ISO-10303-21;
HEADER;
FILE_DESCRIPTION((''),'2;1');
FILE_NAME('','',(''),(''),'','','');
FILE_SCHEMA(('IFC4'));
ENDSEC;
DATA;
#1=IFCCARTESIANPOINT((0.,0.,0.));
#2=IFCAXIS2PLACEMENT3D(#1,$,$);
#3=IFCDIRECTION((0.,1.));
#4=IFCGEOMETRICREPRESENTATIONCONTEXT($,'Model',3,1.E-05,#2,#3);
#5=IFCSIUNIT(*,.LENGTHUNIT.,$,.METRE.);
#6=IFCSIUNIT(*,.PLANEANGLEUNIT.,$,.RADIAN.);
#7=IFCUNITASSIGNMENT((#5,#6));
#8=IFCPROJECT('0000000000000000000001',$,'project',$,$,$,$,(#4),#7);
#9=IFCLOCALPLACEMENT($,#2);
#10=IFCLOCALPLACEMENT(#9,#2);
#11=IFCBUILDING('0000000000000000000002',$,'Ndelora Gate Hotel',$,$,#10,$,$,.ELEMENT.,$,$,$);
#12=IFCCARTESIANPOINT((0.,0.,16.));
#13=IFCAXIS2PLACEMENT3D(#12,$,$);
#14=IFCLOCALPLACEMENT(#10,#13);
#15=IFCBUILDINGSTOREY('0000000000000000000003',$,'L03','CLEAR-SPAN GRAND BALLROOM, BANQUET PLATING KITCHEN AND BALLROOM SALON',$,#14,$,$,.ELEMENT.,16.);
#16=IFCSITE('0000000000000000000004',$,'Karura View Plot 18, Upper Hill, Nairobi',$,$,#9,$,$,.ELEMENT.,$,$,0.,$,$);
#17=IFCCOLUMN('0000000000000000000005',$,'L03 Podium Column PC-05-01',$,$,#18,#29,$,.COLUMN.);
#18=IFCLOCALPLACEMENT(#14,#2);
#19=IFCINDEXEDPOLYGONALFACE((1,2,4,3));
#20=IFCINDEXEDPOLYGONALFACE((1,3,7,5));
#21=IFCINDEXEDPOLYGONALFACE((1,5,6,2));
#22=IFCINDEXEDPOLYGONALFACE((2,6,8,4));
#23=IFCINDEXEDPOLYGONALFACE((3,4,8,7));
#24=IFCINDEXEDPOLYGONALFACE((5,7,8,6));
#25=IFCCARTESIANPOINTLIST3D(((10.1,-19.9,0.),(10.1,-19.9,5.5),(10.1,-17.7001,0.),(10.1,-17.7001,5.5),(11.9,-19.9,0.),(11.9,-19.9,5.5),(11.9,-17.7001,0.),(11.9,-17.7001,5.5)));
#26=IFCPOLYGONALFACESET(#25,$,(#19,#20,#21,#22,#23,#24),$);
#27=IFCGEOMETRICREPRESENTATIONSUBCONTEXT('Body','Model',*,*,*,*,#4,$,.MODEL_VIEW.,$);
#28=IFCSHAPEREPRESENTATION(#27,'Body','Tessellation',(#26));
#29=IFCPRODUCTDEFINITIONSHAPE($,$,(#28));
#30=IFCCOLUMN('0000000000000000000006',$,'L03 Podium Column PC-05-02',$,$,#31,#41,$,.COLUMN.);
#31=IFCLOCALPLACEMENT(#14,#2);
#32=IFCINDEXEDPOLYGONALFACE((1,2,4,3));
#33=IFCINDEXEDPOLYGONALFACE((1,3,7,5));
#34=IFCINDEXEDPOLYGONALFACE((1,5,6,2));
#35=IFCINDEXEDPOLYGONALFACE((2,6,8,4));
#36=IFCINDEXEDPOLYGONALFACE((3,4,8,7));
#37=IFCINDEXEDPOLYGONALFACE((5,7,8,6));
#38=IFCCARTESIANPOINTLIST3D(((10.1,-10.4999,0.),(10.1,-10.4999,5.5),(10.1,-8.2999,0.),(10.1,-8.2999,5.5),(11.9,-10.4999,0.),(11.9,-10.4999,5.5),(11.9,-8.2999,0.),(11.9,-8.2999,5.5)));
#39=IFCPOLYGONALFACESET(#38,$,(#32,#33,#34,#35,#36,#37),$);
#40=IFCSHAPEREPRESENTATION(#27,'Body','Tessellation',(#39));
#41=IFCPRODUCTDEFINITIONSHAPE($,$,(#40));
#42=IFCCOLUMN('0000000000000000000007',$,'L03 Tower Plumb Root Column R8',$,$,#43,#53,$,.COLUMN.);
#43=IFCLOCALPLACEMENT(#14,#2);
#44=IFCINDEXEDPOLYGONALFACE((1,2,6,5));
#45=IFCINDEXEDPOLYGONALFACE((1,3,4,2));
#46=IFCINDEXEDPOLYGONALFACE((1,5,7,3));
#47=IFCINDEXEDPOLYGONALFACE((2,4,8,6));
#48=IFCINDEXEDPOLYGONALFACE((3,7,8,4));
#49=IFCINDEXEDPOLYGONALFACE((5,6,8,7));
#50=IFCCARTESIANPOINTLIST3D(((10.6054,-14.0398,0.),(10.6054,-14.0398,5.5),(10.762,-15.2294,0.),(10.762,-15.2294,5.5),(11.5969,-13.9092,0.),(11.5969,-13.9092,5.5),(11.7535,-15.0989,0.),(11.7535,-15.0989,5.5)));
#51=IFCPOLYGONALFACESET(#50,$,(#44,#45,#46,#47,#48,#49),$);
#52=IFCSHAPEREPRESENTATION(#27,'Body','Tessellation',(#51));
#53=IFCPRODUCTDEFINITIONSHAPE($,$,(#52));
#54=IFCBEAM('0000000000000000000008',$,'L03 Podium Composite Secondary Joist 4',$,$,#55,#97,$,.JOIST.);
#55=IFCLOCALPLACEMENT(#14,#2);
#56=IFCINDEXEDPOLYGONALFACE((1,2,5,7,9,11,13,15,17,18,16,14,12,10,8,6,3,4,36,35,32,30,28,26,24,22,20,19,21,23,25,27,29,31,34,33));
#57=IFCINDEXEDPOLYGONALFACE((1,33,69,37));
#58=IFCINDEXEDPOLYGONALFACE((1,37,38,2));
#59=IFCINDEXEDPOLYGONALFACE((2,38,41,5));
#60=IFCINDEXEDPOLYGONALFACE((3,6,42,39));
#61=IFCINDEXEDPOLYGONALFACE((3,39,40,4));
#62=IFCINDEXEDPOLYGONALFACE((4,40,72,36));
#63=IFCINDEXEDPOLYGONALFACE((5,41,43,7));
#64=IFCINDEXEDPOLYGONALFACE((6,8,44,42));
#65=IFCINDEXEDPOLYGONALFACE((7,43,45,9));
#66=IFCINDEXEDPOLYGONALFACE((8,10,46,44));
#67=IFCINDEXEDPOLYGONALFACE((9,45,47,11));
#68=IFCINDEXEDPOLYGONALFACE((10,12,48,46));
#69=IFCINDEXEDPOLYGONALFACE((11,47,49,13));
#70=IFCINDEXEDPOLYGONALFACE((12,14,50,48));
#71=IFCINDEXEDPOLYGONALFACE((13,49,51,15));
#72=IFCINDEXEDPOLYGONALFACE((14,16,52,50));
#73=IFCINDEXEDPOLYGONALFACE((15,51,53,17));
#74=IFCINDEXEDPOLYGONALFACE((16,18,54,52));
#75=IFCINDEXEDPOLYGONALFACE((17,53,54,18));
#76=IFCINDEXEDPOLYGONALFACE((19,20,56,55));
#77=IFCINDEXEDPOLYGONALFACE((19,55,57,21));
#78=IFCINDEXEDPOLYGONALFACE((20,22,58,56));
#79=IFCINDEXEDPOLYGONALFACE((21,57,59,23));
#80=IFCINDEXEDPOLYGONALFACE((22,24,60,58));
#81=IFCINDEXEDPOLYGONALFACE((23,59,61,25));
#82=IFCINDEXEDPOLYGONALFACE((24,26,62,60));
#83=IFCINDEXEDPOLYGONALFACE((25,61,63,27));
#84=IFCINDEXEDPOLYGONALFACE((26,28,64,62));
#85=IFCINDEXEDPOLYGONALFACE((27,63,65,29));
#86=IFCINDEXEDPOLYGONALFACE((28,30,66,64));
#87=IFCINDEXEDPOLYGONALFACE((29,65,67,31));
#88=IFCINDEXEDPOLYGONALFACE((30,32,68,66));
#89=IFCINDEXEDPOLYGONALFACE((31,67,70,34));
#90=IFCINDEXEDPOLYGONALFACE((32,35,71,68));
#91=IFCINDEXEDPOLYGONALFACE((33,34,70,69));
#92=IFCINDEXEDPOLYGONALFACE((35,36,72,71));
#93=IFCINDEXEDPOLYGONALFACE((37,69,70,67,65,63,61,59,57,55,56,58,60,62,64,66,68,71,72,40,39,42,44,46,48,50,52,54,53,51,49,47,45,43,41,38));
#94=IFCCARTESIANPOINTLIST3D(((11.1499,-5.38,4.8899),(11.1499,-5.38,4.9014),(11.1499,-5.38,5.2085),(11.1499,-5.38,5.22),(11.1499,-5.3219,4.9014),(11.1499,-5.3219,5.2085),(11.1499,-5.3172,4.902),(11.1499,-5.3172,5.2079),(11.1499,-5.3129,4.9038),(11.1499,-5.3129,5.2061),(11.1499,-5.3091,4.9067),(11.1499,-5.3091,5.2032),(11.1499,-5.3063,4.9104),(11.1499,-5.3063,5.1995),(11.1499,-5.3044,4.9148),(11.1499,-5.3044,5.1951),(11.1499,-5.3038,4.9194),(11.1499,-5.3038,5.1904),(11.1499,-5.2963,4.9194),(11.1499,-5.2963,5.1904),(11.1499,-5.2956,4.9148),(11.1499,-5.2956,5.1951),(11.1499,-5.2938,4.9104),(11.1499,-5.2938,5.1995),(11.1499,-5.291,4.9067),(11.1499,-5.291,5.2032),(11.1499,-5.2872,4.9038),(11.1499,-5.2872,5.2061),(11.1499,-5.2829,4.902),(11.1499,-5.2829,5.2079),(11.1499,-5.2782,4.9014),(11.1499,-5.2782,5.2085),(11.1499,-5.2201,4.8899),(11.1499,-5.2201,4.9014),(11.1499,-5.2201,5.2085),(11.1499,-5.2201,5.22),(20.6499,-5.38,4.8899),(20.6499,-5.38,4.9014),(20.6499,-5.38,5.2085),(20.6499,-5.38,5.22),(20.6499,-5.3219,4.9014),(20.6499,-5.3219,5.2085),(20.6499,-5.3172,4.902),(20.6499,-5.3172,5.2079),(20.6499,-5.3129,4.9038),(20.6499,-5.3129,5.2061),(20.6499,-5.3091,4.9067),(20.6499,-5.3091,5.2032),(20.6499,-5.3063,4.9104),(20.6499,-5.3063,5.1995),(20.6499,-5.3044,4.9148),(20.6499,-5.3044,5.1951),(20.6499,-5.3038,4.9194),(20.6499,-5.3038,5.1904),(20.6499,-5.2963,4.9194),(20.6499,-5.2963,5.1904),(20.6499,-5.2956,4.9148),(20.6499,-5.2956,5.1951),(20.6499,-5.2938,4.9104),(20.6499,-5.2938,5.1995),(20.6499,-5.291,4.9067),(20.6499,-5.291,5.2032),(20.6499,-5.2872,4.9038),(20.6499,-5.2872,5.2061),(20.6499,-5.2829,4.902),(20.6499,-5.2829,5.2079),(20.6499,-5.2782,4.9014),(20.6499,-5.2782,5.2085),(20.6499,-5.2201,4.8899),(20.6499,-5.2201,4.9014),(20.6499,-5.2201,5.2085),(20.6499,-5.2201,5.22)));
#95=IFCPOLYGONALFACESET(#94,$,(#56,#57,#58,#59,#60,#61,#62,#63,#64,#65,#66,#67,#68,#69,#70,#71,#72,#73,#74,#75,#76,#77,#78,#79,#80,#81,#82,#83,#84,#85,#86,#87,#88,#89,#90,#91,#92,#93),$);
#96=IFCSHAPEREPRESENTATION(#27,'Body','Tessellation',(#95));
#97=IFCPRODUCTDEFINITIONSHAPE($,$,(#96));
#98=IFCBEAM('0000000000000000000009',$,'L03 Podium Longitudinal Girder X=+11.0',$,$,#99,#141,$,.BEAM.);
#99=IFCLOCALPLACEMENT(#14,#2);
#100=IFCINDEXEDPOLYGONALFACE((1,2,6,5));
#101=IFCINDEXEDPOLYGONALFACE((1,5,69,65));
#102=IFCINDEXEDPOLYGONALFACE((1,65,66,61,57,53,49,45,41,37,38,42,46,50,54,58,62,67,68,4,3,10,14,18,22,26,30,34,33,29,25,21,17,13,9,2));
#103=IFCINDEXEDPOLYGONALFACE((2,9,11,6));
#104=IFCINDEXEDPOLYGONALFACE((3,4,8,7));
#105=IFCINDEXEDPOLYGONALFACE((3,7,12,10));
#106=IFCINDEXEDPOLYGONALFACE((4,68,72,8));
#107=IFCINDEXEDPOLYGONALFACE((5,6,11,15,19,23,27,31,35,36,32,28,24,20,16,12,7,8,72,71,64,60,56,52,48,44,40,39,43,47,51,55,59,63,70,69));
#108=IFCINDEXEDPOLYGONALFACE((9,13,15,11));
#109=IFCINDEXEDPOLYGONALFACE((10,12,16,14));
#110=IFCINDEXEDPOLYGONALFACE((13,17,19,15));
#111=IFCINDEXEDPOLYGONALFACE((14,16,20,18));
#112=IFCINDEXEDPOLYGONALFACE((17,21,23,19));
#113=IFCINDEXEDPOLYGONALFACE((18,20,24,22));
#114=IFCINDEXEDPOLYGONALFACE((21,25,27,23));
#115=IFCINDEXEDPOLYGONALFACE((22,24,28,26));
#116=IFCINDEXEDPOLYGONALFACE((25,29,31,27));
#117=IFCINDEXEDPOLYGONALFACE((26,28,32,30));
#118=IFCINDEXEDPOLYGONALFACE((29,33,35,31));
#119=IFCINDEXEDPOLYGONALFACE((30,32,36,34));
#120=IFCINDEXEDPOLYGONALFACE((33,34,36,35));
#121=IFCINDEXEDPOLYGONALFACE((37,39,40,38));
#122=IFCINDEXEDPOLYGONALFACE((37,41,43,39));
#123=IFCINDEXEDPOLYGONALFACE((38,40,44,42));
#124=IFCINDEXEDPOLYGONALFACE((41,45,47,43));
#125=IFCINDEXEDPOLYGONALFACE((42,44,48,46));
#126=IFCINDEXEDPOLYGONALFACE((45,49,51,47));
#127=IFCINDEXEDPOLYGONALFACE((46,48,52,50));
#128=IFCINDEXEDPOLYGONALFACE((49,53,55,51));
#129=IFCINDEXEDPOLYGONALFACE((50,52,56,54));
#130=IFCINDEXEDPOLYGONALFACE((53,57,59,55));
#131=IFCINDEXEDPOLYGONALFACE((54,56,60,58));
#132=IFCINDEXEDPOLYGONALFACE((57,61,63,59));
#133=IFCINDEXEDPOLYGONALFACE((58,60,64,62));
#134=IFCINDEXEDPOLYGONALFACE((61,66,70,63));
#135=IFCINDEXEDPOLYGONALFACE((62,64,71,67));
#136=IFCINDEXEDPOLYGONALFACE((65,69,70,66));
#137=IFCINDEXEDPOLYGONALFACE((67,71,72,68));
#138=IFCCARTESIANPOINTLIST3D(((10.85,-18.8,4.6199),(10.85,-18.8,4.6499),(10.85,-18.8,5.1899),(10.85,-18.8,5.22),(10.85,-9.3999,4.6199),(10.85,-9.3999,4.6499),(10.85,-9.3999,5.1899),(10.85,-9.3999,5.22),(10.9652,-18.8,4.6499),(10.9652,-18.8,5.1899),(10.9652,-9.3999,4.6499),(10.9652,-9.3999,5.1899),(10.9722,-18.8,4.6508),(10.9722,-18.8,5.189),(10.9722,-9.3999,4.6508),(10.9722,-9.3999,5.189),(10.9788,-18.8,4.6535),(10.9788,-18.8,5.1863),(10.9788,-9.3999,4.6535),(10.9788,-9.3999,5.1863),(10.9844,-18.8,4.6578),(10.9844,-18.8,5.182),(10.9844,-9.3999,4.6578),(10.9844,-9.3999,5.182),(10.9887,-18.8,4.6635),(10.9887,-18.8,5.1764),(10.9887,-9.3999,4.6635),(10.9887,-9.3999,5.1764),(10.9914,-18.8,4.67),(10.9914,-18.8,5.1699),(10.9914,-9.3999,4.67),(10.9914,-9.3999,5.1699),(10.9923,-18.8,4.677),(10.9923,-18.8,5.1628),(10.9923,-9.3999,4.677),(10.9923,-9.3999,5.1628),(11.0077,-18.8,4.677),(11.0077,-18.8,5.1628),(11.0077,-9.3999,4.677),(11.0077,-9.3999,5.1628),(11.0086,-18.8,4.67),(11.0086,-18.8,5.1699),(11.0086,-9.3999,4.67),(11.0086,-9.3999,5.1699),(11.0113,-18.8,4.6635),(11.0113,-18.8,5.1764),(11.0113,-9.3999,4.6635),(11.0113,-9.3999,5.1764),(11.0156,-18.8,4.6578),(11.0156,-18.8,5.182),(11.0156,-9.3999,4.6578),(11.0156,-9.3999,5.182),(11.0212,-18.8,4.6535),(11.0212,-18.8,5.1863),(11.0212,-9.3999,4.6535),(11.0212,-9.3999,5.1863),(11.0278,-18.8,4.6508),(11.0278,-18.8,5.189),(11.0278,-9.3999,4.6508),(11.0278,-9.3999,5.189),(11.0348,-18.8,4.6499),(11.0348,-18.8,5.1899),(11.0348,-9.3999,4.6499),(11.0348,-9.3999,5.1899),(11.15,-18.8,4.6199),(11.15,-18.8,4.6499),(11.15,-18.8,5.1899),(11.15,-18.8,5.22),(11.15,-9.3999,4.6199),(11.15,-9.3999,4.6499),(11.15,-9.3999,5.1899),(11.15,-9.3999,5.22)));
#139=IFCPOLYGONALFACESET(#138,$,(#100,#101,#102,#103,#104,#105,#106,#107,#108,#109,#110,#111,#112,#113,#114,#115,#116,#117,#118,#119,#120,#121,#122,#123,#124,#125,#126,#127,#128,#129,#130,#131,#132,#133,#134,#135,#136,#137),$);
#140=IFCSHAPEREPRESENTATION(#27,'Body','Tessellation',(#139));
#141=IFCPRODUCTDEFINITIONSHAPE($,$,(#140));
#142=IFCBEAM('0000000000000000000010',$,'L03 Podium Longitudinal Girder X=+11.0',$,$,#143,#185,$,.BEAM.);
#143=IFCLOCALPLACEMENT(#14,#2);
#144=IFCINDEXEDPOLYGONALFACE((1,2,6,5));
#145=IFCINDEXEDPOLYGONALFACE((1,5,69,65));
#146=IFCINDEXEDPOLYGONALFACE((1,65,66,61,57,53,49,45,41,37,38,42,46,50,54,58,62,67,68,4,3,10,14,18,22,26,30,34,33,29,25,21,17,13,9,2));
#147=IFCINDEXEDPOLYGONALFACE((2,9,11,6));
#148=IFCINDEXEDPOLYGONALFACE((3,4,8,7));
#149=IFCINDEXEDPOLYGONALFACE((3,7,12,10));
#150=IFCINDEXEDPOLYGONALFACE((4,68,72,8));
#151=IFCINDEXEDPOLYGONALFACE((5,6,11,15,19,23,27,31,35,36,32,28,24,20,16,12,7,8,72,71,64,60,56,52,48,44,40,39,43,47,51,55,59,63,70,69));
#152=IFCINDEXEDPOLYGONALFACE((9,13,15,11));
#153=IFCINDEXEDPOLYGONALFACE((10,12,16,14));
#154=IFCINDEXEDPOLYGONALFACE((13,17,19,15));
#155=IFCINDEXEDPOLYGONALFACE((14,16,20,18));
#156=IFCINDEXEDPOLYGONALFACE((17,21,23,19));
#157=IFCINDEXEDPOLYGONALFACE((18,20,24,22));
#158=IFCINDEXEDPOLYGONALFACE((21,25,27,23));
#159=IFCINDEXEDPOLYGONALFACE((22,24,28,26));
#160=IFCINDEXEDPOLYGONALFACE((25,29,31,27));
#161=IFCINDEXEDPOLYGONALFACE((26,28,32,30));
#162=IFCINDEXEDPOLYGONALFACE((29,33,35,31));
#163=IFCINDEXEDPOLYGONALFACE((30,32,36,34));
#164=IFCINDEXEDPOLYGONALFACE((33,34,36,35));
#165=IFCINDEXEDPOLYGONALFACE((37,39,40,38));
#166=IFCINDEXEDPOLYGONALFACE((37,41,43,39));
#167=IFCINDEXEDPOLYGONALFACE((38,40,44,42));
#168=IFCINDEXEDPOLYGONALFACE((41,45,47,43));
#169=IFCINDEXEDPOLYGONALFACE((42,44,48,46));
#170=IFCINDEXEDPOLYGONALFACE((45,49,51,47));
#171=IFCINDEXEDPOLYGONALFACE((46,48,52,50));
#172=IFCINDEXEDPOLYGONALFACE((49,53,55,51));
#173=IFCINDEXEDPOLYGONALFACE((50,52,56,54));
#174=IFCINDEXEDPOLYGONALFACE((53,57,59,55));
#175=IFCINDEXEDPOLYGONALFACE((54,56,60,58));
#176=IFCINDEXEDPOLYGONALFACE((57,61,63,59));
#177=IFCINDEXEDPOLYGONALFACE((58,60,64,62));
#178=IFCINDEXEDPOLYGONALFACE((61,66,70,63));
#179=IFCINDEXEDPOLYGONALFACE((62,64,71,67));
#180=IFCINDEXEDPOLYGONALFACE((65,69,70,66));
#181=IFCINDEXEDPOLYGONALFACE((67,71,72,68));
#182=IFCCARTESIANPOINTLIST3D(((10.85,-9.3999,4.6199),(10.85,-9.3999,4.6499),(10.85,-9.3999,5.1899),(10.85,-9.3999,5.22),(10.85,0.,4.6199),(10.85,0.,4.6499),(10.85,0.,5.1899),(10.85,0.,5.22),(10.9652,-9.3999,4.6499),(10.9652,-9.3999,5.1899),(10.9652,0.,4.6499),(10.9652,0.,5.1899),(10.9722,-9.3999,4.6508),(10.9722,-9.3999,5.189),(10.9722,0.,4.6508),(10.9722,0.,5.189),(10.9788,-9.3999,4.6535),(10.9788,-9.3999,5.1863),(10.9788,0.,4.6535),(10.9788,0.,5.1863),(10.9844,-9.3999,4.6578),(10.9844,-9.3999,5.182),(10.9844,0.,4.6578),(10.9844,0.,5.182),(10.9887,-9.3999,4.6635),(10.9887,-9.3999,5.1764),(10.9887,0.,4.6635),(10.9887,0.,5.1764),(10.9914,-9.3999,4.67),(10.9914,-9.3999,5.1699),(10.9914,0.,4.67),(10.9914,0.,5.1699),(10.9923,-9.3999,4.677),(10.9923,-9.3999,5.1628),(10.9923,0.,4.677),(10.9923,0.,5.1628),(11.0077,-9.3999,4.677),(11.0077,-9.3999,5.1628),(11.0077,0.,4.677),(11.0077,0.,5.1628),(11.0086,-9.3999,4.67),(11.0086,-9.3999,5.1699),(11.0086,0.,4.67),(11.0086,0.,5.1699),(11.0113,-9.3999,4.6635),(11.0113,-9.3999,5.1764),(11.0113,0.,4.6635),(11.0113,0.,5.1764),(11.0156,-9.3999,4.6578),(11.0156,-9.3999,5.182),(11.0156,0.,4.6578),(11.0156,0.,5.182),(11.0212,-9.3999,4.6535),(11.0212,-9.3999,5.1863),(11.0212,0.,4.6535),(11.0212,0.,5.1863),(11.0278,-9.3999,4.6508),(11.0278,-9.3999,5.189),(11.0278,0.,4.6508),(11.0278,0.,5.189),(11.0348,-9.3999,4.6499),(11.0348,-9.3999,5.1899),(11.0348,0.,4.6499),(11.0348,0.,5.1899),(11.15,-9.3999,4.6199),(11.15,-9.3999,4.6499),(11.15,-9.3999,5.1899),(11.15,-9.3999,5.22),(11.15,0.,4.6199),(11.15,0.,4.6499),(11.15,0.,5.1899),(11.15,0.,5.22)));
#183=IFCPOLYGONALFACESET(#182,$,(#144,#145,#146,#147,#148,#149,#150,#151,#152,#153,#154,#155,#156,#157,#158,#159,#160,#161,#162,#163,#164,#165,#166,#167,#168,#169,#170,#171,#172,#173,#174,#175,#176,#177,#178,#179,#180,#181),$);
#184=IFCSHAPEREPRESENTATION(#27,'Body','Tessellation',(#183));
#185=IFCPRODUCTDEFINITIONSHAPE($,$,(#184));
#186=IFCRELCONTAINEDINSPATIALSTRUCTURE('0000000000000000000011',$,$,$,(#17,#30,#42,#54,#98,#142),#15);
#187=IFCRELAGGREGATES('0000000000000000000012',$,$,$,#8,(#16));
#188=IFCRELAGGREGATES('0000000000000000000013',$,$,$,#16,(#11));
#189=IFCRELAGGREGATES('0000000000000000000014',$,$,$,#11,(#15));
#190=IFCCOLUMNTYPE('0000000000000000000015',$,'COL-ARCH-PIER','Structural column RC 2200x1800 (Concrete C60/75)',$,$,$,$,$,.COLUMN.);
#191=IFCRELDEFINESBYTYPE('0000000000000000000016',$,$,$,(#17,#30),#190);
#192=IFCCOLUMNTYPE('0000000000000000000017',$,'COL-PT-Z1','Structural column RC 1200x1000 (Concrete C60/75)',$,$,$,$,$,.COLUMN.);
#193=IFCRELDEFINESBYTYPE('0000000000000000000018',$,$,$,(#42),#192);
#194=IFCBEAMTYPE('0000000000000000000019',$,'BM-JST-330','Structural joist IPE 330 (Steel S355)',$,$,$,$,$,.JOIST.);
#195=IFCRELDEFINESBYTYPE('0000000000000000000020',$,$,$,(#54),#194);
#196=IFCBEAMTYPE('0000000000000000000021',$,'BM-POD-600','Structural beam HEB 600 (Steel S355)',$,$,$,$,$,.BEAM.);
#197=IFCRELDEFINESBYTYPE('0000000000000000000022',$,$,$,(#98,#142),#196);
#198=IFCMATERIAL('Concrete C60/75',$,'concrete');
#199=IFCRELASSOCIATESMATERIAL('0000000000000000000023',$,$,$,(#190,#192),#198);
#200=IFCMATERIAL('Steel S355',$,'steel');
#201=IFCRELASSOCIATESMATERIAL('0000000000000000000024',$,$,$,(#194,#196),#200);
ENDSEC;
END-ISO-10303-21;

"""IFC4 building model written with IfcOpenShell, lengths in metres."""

from ifc_helpers import new_model, si_unit, direction, frame, origin, origin_2d, place, context, subcontext, project, spatial, rectangle, i_section, extrude, material, material_profile, profile_set, type_object, element, save


model = new_model("IFC4")

# Units and contexts
model_context = context("Model", 3, precision=1e-05, world=origin(), true_north=direction((0.0, 1.0)))
body_context = subcontext(model_context, "Body", "Model", "MODEL_VIEW")
ifc_project = project(units=[si_unit("LENGTHUNIT", "METRE"), si_unit("PLANEANGLEUNIT", "RADIAN")], contexts=[model_context])

# Site, building, storey
site_placement = place(None, origin())
site = spatial("IfcSite", under=ifc_project, at=site_placement, Name="Karura View Plot 18, Upper Hill, Nairobi", CompositionType="ELEMENT", RefElevation=0.0)
building_placement = place(site_placement, origin())
building = spatial("IfcBuilding", under=site, at=building_placement, Name="Ndelora Gate Hotel", CompositionType="ELEMENT")
storey_placement = place(building_placement, frame((0.0, 0.0, 16.0)))
storey = spatial("IfcBuildingStorey", under=building, at=storey_placement, Name="L03", Description="CLEAR-SPAN GRAND BALLROOM, BANQUET PLATING KITCHEN AND BALLROOM SALON", CompositionType="ELEMENT", Elevation=16.0)

# Columns
ifc_material_1 = material(Name="Concrete C60/75", Category="concrete")
ifc_material_profile_1 = material_profile(ifc_material_1, rectangle(XDim=1.8, YDim=2.2, at=origin_2d()), Name="RC 2200x1800")
ifc_profile_set_1 = profile_set([ifc_material_profile_1], Name="Concrete C60/75")
column_type_1 = type_object("IfcColumnType", Name="COL-ARCH-PIER", Description="Structural column RC 2200x1800 (Concrete C60/75)", PredefinedType="COLUMN", material=ifc_profile_set_1)
for number, where, z_axis, x_axis, name in (
    (1, (11.0, -18.8, 0.0), (0.0, 0.0, 1.0), (1.0, 0.0, 0.0), "L03 Podium Column PC-05-01"),
    (2, (11.0, -9.3999, 0.0), (0.0, 0.0, 1.0), (1.0, 0.0, 0.0), "L03 Podium Column PC-05-02"),
):
    element("IfcColumn", number, at=place(storey_placement, frame(where, z_axis=z_axis, x_axis=x_axis)), inside=storey, type_object=column_type_1, Name=name, PredefinedType="COLUMN", context=body_context, shape_type="SweptSolid", body=[
        extrude(rectangle(XDim=1.8, YDim=2.2, at=origin_2d()), origin(), (0.0, 0.0, 1.0), 5.5),
    ])
ifc_material_profile_2 = material_profile(ifc_material_1, rectangle(XDim=1.0, YDim=1.2, at=origin_2d()), Name="RC 1200x1000")
ifc_profile_set_2 = profile_set([ifc_material_profile_2], Name="Concrete C60/75")
column_type_2 = type_object("IfcColumnType", Name="COL-PT-Z1", Description="Structural column RC 1200x1000 (Concrete C60/75)", PredefinedType="COLUMN", material=ifc_profile_set_2)
column_placement = place(storey_placement, frame((11.1794, -14.5693, 0.0), z_axis=(0.0, 0.0, 1.0), x_axis=(0.991445, 0.130526, 0.0)))
element("IfcColumn", 3, at=column_placement, inside=storey, type_object=column_type_2, Name="L03 Tower Plumb Root Column R8", PredefinedType="COLUMN", context=body_context, shape_type="SweptSolid", body=[
    extrude(rectangle(XDim=1.0, YDim=1.2, at=origin_2d()), origin(), (0.0, 0.0, 1.0), 5.5),
])

# Beams
ifc_material_2 = material(Name="Steel S355", Category="steel")
ifc_material_profile_3 = material_profile(ifc_material_2, i_section(OverallWidth=0.1599, OverallDepth=0.3301, WebThickness=0.0076, FlangeThickness=0.0115, FilletRadius=0.0181, at=origin_2d()), Name="IPE 330")
ifc_profile_set_3 = profile_set([ifc_material_profile_3], Name="Steel S355")
beam_type_1 = type_object("IfcBeamType", Name="BM-JST-330", Description="Structural joist IPE 330 (Steel S355)", PredefinedType="JOIST", material=ifc_profile_set_3)
beam_1_placement = place(storey_placement, frame((11.1499, -5.3, 5.0549), z_axis=(1.0, 0.0, 0.0), x_axis=(0.0, 1.0, 0.0)))
element("IfcBeam", 4, at=beam_1_placement, inside=storey, type_object=beam_type_1, Name="L03 Podium Composite Secondary Joist 4", PredefinedType="JOIST", context=body_context, shape_type="SweptSolid", body=[
    extrude(i_section(OverallWidth=0.1599, OverallDepth=0.3301, WebThickness=0.0076, FlangeThickness=0.0115, FilletRadius=0.0181, at=origin_2d()), origin(), (0.0, 0.0, 1.0), 9.5),
])
ifc_material_profile_4 = material_profile(ifc_material_2, i_section(OverallWidth=0.3, OverallDepth=0.6001, WebThickness=0.0154, FlangeThickness=0.03, FilletRadius=0.0271, at=origin_2d()), Name="HEB 600")
ifc_profile_set_4 = profile_set([ifc_material_profile_4], Name="Steel S355")
beam_type_2 = type_object("IfcBeamType", Name="BM-POD-600", Description="Structural beam HEB 600 (Steel S355)", PredefinedType="BEAM", material=ifc_profile_set_4)
beam_2_placement = place(storey_placement, frame((11.0, -18.8, 4.9199), z_axis=(0.0, 1.0, 0.0), x_axis=(-1.0, 0.0, 0.0)))
element("IfcBeam", 5, at=beam_2_placement, inside=storey, type_object=beam_type_2, Name="L03 Podium Longitudinal Girder X=+11.0", PredefinedType="BEAM", context=body_context, shape_type="SweptSolid", body=[
    extrude(i_section(OverallWidth=0.3, OverallDepth=0.6001, WebThickness=0.0154, FlangeThickness=0.03, FilletRadius=0.0271, at=origin_2d()), origin(), (0.0, 0.0, 1.0), 9.4001),
])
beam_3_placement = place(storey_placement, frame((11.0, -9.3999, 4.9199), z_axis=(0.0, 1.0, 0.0), x_axis=(-1.0, 0.0, 0.0)))
element("IfcBeam", 6, at=beam_3_placement, inside=storey, type_object=beam_type_2, Name="L03 Podium Longitudinal Girder X=+11.0", PredefinedType="BEAM", context=body_context, shape_type="SweptSolid", body=[
    extrude(i_section(OverallWidth=0.3, OverallDepth=0.6001, WebThickness=0.0154, FlangeThickness=0.03, FilletRadius=0.0271, at=origin_2d()), origin(), (0.0, 0.0, 1.0), 9.3999),
])

save(model, "model.ifc")
